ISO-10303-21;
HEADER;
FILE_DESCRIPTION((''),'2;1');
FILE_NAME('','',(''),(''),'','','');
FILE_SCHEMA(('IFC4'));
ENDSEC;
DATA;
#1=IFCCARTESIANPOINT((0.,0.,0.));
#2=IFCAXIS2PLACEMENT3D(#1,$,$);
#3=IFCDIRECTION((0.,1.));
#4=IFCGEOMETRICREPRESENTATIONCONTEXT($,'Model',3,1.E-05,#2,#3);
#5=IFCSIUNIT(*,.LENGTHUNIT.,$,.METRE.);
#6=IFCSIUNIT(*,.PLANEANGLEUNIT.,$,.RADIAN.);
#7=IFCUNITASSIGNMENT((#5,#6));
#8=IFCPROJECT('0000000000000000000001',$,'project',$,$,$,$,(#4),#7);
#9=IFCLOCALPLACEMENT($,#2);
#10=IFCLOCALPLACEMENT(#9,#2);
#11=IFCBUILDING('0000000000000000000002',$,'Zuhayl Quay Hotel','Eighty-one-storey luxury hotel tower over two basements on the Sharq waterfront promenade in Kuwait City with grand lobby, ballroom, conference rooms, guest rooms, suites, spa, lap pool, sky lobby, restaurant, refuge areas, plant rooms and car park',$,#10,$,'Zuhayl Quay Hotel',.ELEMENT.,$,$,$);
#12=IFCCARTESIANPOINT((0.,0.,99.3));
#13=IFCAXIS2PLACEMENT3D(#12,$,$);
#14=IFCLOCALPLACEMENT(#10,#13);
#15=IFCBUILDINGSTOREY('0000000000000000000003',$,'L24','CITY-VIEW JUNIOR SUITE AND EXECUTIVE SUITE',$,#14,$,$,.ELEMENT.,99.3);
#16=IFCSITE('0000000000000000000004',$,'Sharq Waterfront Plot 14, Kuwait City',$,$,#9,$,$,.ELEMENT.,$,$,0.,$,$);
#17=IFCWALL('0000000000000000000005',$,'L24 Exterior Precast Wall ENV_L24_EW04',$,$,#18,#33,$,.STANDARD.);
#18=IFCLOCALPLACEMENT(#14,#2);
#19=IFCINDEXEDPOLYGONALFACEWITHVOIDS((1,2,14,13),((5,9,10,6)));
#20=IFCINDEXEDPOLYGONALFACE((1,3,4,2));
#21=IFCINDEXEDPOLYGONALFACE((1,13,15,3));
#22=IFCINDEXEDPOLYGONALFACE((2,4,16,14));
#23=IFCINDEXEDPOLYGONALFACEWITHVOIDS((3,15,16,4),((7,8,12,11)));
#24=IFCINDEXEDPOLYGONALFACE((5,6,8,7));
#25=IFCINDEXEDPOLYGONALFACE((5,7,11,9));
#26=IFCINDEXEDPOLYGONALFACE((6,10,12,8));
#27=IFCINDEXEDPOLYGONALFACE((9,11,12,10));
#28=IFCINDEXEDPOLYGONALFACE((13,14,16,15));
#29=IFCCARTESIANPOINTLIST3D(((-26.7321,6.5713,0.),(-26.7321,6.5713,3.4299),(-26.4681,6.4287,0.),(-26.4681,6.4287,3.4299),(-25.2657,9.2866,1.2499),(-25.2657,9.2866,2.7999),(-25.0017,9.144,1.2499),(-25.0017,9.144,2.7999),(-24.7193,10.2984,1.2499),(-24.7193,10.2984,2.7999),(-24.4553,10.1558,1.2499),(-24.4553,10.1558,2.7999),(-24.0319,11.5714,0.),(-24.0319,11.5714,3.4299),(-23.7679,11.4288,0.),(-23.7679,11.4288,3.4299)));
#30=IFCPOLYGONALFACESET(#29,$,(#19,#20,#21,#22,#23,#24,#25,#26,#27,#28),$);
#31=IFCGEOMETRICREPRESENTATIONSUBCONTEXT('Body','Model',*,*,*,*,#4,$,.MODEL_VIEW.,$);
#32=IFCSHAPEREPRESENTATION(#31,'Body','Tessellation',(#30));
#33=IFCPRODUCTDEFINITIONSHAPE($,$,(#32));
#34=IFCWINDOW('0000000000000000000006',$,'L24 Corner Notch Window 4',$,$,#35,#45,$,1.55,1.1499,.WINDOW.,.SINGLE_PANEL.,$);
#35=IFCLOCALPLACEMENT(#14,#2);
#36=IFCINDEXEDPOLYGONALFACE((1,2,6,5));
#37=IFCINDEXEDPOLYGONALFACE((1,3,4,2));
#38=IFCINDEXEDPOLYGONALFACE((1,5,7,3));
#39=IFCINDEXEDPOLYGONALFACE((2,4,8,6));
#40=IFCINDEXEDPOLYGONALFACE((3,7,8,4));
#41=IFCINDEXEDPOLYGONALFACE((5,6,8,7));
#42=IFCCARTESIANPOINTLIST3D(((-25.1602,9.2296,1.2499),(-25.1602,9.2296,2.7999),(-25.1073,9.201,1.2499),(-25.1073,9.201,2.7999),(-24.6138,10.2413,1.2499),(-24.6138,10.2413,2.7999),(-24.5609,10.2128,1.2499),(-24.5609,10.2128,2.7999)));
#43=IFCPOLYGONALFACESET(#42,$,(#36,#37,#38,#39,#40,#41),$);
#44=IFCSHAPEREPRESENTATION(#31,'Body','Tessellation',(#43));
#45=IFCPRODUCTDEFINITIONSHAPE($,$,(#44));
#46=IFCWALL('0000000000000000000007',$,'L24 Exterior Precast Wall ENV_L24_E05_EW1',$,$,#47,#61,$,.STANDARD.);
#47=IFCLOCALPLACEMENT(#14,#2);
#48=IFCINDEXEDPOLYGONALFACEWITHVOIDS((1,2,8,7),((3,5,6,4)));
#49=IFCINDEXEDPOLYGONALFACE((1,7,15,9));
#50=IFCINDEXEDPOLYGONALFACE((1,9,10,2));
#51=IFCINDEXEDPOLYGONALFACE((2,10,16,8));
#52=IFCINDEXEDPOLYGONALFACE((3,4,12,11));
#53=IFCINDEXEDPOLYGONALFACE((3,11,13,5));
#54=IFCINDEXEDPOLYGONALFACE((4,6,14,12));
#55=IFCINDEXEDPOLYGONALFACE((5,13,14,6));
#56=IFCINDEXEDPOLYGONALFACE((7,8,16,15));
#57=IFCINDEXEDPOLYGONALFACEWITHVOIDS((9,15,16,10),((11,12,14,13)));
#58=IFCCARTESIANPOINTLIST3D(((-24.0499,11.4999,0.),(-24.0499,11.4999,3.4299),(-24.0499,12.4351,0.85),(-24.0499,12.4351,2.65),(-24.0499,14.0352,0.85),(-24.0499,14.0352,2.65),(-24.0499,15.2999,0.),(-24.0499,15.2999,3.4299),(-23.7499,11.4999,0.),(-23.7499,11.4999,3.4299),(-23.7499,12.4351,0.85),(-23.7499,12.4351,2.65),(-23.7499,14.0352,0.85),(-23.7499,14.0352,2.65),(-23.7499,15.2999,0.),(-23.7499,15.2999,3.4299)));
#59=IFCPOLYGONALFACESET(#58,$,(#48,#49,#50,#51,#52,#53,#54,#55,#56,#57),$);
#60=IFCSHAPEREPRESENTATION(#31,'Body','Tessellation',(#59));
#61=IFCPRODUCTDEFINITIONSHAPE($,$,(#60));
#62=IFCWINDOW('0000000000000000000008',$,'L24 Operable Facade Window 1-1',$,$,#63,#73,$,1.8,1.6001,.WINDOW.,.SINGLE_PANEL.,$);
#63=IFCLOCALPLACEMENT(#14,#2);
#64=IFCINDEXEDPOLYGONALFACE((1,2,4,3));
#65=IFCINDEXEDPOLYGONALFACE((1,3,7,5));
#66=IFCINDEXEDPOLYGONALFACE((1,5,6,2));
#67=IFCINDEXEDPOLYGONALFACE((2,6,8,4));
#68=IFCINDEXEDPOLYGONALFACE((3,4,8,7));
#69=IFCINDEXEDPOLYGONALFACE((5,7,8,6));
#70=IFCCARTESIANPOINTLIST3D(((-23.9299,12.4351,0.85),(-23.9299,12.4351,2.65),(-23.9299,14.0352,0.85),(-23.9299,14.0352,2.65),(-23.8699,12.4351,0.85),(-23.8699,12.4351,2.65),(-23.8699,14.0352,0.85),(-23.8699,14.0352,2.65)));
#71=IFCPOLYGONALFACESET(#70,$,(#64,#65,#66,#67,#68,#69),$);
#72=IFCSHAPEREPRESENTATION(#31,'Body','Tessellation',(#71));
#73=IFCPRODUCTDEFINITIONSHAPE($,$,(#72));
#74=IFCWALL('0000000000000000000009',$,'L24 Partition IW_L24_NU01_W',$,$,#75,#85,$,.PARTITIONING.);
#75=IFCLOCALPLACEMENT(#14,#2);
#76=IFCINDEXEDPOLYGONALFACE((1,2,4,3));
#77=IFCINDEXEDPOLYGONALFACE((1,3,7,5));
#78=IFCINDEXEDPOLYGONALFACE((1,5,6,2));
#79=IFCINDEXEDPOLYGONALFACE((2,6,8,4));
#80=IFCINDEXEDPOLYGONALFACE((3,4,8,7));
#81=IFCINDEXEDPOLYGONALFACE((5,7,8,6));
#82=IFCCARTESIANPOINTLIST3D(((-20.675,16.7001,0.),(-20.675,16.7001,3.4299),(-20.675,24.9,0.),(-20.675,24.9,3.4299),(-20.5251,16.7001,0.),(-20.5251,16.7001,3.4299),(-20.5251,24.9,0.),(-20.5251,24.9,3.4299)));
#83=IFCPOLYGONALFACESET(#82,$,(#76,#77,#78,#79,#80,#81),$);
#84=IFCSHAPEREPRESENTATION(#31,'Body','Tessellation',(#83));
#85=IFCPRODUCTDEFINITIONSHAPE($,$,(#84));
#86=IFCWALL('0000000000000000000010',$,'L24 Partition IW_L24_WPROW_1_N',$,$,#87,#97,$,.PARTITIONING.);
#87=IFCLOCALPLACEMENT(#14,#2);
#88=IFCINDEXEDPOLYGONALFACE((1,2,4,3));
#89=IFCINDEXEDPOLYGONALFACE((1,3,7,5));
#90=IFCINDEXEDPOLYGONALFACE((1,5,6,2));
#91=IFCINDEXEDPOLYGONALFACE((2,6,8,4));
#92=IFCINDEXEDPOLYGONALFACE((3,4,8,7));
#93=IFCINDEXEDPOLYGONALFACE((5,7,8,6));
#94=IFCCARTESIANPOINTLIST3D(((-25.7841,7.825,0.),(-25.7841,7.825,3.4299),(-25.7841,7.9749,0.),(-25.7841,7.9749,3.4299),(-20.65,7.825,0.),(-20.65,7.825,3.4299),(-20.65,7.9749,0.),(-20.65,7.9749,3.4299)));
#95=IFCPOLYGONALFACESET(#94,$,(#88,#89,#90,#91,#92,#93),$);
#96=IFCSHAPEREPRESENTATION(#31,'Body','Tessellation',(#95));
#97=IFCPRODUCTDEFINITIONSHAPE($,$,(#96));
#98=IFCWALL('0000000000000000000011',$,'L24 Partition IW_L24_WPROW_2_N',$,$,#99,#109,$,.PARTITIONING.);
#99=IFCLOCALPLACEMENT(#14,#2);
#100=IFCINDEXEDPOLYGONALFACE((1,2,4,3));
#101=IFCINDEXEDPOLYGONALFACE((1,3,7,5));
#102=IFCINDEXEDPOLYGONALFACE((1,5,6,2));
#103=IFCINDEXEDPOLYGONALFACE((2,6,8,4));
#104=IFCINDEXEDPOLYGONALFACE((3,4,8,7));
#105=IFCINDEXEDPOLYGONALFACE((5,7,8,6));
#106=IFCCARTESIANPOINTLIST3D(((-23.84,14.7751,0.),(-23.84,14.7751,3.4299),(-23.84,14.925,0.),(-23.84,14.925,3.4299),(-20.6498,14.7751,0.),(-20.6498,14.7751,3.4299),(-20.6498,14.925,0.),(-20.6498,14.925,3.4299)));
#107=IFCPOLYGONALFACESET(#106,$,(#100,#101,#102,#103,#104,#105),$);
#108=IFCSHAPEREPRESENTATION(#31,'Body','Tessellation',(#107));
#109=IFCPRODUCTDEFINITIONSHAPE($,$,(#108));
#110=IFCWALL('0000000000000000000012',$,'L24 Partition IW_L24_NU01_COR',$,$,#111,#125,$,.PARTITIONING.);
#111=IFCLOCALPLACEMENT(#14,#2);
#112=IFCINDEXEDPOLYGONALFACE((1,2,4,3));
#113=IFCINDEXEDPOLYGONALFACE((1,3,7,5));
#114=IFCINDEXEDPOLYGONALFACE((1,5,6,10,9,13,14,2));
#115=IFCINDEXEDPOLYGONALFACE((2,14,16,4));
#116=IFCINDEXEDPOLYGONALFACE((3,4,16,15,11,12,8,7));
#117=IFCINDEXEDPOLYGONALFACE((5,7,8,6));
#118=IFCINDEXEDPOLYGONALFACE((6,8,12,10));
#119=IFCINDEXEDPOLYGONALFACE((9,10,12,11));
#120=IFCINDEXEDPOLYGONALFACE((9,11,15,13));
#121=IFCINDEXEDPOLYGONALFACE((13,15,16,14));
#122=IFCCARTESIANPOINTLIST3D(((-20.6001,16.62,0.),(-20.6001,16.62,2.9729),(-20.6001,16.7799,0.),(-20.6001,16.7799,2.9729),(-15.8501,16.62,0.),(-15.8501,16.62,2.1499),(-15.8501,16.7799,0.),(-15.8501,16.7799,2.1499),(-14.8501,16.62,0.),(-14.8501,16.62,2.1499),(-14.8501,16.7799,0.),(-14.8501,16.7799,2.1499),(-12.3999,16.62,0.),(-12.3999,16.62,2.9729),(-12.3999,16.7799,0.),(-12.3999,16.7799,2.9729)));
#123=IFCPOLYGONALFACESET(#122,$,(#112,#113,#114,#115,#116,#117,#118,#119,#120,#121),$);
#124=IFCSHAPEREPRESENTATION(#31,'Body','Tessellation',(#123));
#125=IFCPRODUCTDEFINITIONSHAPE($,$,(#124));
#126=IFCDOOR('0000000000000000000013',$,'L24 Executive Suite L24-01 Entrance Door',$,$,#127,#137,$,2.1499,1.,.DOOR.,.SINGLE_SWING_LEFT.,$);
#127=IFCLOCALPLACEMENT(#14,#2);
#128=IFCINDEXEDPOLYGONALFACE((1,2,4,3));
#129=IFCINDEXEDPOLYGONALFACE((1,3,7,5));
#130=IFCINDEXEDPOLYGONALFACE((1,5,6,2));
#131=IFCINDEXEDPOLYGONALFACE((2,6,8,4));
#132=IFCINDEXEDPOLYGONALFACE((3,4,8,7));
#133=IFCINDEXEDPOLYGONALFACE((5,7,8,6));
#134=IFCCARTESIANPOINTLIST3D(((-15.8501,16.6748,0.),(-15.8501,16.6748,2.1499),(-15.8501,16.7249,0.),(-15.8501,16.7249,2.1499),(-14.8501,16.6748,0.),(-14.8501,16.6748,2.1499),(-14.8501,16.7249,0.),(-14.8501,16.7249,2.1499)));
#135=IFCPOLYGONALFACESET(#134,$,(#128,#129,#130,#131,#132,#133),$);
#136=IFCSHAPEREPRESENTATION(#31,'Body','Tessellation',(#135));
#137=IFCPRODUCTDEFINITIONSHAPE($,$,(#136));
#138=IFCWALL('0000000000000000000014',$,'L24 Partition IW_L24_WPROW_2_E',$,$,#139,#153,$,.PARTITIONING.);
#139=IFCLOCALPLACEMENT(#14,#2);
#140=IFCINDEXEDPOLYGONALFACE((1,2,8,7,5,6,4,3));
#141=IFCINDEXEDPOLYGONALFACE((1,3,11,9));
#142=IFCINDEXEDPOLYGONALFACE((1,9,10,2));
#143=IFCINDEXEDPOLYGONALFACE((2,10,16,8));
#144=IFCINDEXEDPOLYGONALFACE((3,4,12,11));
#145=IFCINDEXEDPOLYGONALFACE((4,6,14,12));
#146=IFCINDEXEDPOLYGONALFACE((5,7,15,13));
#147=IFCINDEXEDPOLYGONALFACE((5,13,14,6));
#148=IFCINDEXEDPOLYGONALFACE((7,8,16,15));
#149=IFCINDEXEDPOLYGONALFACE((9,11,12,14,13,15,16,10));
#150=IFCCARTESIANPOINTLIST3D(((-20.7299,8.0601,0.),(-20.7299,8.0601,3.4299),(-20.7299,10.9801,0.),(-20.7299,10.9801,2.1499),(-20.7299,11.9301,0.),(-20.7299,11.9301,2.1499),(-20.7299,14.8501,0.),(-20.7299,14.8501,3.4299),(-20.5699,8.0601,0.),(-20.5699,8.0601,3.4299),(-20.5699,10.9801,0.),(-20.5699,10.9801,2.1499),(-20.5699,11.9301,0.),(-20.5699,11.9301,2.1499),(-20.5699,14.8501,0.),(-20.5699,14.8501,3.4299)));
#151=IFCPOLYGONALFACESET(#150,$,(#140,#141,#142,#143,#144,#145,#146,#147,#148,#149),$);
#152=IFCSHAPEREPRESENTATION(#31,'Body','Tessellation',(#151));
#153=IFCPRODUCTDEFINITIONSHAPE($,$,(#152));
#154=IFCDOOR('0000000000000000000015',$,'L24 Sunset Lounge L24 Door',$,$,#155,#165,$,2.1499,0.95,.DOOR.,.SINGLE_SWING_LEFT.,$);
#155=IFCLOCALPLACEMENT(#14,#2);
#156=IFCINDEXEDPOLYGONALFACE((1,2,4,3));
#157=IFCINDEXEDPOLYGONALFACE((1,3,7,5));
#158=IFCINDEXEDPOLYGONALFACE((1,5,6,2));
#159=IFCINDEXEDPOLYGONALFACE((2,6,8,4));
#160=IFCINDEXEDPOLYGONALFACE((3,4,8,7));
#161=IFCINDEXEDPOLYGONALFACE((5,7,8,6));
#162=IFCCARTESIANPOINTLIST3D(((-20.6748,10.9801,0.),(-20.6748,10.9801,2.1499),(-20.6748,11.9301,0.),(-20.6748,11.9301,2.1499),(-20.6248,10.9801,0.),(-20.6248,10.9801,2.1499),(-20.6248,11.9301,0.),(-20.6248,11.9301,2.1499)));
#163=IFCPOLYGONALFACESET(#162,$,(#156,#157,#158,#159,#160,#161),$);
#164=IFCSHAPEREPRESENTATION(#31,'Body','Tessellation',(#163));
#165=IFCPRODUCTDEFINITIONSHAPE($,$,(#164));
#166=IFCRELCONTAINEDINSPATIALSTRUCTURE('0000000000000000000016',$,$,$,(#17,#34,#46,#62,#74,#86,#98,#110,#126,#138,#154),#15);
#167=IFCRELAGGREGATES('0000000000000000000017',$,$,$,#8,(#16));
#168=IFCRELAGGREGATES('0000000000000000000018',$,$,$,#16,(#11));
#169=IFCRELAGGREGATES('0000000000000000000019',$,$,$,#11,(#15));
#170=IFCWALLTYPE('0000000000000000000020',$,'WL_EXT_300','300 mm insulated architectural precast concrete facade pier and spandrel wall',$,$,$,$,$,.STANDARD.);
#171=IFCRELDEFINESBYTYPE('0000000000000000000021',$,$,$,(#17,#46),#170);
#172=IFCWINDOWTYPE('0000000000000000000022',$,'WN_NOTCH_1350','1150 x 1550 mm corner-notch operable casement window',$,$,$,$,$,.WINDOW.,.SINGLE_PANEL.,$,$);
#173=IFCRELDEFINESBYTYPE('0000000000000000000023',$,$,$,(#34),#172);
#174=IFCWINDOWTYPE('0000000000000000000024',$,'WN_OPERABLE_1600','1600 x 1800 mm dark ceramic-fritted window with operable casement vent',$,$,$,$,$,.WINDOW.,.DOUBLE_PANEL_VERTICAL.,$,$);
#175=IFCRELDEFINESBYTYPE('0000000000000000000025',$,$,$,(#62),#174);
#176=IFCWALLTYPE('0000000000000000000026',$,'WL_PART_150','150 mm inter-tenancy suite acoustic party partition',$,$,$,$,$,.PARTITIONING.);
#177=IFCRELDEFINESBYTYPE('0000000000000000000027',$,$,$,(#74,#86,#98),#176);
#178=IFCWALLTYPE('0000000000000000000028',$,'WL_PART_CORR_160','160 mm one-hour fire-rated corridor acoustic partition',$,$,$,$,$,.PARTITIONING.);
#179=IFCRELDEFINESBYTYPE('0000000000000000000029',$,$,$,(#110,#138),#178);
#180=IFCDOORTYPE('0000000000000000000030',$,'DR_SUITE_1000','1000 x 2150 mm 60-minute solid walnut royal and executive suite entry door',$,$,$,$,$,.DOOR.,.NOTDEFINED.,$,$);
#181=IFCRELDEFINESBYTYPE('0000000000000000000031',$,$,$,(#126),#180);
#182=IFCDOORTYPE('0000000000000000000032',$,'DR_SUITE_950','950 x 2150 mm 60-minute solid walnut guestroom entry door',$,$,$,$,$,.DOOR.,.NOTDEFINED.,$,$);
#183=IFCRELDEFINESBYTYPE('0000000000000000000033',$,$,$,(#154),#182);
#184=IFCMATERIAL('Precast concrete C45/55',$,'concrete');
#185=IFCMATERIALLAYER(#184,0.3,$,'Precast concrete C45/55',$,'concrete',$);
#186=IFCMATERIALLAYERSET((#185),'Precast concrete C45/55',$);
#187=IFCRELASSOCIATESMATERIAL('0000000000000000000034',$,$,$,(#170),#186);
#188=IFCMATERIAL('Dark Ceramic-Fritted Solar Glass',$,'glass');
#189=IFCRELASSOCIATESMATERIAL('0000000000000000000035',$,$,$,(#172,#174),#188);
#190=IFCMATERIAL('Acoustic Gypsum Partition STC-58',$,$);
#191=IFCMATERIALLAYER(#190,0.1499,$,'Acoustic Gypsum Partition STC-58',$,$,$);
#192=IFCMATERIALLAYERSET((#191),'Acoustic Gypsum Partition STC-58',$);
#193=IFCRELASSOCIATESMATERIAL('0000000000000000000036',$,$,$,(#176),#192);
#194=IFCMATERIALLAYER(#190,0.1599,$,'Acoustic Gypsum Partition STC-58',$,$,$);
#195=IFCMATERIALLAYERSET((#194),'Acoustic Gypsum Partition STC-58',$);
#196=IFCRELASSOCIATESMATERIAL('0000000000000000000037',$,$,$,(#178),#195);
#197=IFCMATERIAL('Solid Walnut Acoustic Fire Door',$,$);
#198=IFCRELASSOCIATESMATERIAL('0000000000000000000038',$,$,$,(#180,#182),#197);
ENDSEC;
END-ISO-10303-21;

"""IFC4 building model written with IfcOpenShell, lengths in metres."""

from ifc_helpers import new_model, si_unit, direction, frame, frame_2d, origin, place, context, subcontext, project, spatial, rectangle, extrude, material, layer, layer_set, type_object, element, fill, save


model = new_model("IFC4")

# Units and contexts
model_context = context("Model", 3, precision=1e-05, world=origin(), true_north=direction((0.0, 1.0)))
body_context = subcontext(model_context, "Body", "Model", "MODEL_VIEW")
ifc_project = project(units=[si_unit("LENGTHUNIT", "METRE"), si_unit("PLANEANGLEUNIT", "RADIAN")], contexts=[model_context])

# Site, building, storey
site_placement = place(None, origin())
site = spatial("IfcSite", under=ifc_project, at=site_placement, Name="Sharq Waterfront Plot 14, Kuwait City", CompositionType="ELEMENT", RefElevation=0.0)
building_placement = place(site_placement, origin())
building = spatial("IfcBuilding", under=site, at=building_placement, Name="Zuhayl Quay Hotel", Description="Eighty-one-storey luxury hotel tower over two basements on the Sharq waterfront promenade in Kuwait City with grand lobby, ballroom, conference rooms, guest rooms, suites, spa, lap pool, sky lobby, restaurant, refuge areas, plant rooms and car park", LongName="Zuhayl Quay Hotel", CompositionType="ELEMENT")
storey_placement = place(building_placement, frame((0.0, 0.0, 99.3)))
storey = spatial("IfcBuildingStorey", under=building, at=storey_placement, Name="L24", Description="CITY-VIEW JUNIOR SUITE AND EXECUTIVE SUITE", CompositionType="ELEMENT", Elevation=99.3)

# Walls, openings, windows
ifc_material_1 = material(Name="Precast concrete C45/55", Category="concrete")
ifc_layer_1 = layer(ifc_material_1, 0.3, Name="Precast concrete C45/55", Category="concrete")
ifc_layer_set_1 = layer_set([ifc_layer_1], Name="Precast concrete C45/55")
wall_type_1 = type_object("IfcWallType", Name="WL_EXT_300", Description="300 mm insulated architectural precast concrete facade pier and spandrel wall", PredefinedType="STANDARD", material=ifc_layer_set_1)
wall_1_placement = place(storey_placement, frame((-26.6001, 6.5, 0.0), z_axis=(0.0, 0.0, 1.0), x_axis=(0.475176, 0.879891, 0.0)))
wall_1 = element("IfcWall", 1, at=wall_1_placement, inside=storey, type_object=wall_type_1, Name="L24 Exterior Precast Wall ENV_L24_EW04", PredefinedType="STANDARD", context=body_context, shape_type="SweptSolid", body=[
    extrude(rectangle(XDim=5.6826, YDim=0.3, at=frame_2d((2.8413, 0.0))), origin(), (0.0, 0.0, 1.0), 3.4299),
])
opening_1_placement = place(wall_1_placement, frame((3.0859, 0.0, 1.25)))
opening_1 = element("IfcOpeningElement", 2, at=opening_1_placement, cuts=wall_1, PredefinedType="OPENING", context=body_context, shape_type="SweptSolid", body=[
    extrude(rectangle(XDim=1.1499, YDim=1.55, at=frame_2d((0.575, 0.7749))), frame((0.0, 0.1599, 0.0), z_axis=(0.0, -1.0, 0.0), x_axis=(1.0, 0.0, 0.0)), (0.0, 0.0, 1.0), 0.3201),
])
ifc_material_2 = material(Name="Dark Ceramic-Fritted Solar Glass", Category="glass")
window_type_1 = type_object("IfcWindowType", Name="WN_NOTCH_1350", Description="1150 x 1550 mm corner-notch operable casement window", PartitioningType="SINGLE_PANEL", PredefinedType="WINDOW", material=ifc_material_2)
window_1_placement = place(opening_1_placement, origin())
window_1 = element("IfcWindow", 3, at=window_1_placement, inside=storey, type_object=window_type_1, Name="L24 Corner Notch Window 4", OverallHeight=1.55, OverallWidth=1.1499, PartitioningType="SINGLE_PANEL", PredefinedType="WINDOW", context=body_context, shape_type="SweptSolid", body=[
    extrude(rectangle(XDim=1.1499, YDim=1.55, at=frame_2d((0.575, 0.7749))), frame((0.0, 0.03, 0.0), z_axis=(0.0, -1.0, 0.0), x_axis=(1.0, 0.0, 0.0)), (0.0, 0.0, 1.0), 0.0601),
])
fill(opening_1, window_1)
wall_2_placement = place(storey_placement, frame((-23.8999, 11.5, 0.0), z_axis=(0.0, 0.0, 1.0), x_axis=(0.0, 1.0, 0.0)))
wall_2 = element("IfcWall", 4, at=wall_2_placement, inside=storey, type_object=wall_type_1, Name="L24 Exterior Precast Wall ENV_L24_E05_EW1", PredefinedType="STANDARD", context=body_context, shape_type="SweptSolid", body=[
    extrude(rectangle(XDim=3.8, YDim=0.3, at=frame_2d((1.8999, 0.0))), origin(), (0.0, 0.0, 1.0), 3.4299),
])
opening_2_placement = place(wall_2_placement, frame((0.9351, 0.0, 0.8501)))
opening_2 = element("IfcOpeningElement", 5, at=opening_2_placement, cuts=wall_2, PredefinedType="OPENING", context=body_context, shape_type="SweptSolid", body=[
    extrude(rectangle(XDim=1.6001, YDim=1.8, at=frame_2d((0.8, 0.8999))), frame((0.0, 0.1599, 0.0), z_axis=(0.0, -1.0, 0.0), x_axis=(1.0, 0.0, 0.0)), (0.0, 0.0, 1.0), 0.3201),
])
window_type_2 = type_object("IfcWindowType", Name="WN_OPERABLE_1600", Description="1600 x 1800 mm dark ceramic-fritted window with operable casement vent", PartitioningType="DOUBLE_PANEL_VERTICAL", PredefinedType="WINDOW", material=ifc_material_2)
window_2_placement = place(opening_2_placement, origin())
window_2 = element("IfcWindow", 6, at=window_2_placement, inside=storey, type_object=window_type_2, Name="L24 Operable Facade Window 1-1", OverallHeight=1.8, OverallWidth=1.6001, PartitioningType="SINGLE_PANEL", PredefinedType="WINDOW", context=body_context, shape_type="SweptSolid", body=[
    extrude(rectangle(XDim=1.6001, YDim=1.8, at=frame_2d((0.8, 0.8999))), frame((0.0, 0.03, 0.0), z_axis=(0.0, -1.0, 0.0), x_axis=(1.0, 0.0, 0.0)), (0.0, 0.0, 1.0), 0.0601),
])
fill(opening_2, window_2)

# Walls
ifc_material_3 = material(Name="Acoustic Gypsum Partition STC-58")
ifc_layer_2 = layer(ifc_material_3, 0.1499, Name="Acoustic Gypsum Partition STC-58")
ifc_layer_set_2 = layer_set([ifc_layer_2], Name="Acoustic Gypsum Partition STC-58")
wall_type_2 = type_object("IfcWallType", Name="WL_PART_150", Description="150 mm inter-tenancy suite acoustic party partition", PredefinedType="PARTITIONING", material=ifc_layer_set_2)
wall_3_placement = place(storey_placement, frame((-20.6001, 16.7, 0.0), z_axis=(0.0, 0.0, 1.0), x_axis=(0.0, 1.0, 0.0)))
element("IfcWall", 7, at=wall_3_placement, inside=storey, type_object=wall_type_2, Name="L24 Partition IW_L24_NU01_W", PredefinedType="PARTITIONING", context=body_context, shape_type="SweptSolid", body=[
    extrude(rectangle(XDim=8.2, YDim=0.1499, at=frame_2d((4.1001, 0.0))), origin(), (0.0, 0.0, 1.0), 3.4299),
])
wall_4_placement = place(storey_placement, frame((-25.7839, 7.8999, 0.0), z_axis=(0.0, 0.0, 1.0), x_axis=(1.0, 0.0, 0.0)))
element("IfcWall", 8, at=wall_4_placement, inside=storey, type_object=wall_type_2, Name="L24 Partition IW_L24_WPROW_1_N", PredefinedType="PARTITIONING", context=body_context, shape_type="SweptSolid", body=[
    extrude(rectangle(XDim=5.134, YDim=0.1499, at=frame_2d((2.5669, 0.0))), origin(), (0.0, 0.0, 1.0), 3.4299),
])
wall_5_placement = place(storey_placement, frame((-23.8401, 14.8501, 0.0), z_axis=(0.0, 0.0, 1.0), x_axis=(1.0, 0.0, 0.0)))
element("IfcWall", 9, at=wall_5_placement, inside=storey, type_object=wall_type_2, Name="L24 Partition IW_L24_WPROW_2_N", PredefinedType="PARTITIONING", context=body_context, shape_type="SweptSolid", body=[
    extrude(rectangle(XDim=3.1902, YDim=0.1499, at=frame_2d((1.5952, 0.0))), origin(), (0.0, 0.0, 1.0), 3.4299),
])

# Walls, openings, doors
ifc_layer_3 = layer(ifc_material_3, 0.1599, Name="Acoustic Gypsum Partition STC-58")
ifc_layer_set_3 = layer_set([ifc_layer_3], Name="Acoustic Gypsum Partition STC-58")
wall_type_3 = type_object("IfcWallType", Name="WL_PART_CORR_160", Description="160 mm one-hour fire-rated corridor acoustic partition", PredefinedType="PARTITIONING", material=ifc_layer_set_3)
wall_6_placement = place(storey_placement, frame((-20.6001, 16.7, 0.0), z_axis=(0.0, 0.0, 1.0), x_axis=(1.0, 0.0, 0.0)))
wall_6 = element("IfcWall", 10, at=wall_6_placement, inside=storey, type_object=wall_type_3, Name="L24 Partition IW_L24_NU01_COR", PredefinedType="PARTITIONING", context=body_context, shape_type="SweptSolid", body=[
    extrude(rectangle(XDim=8.2002, YDim=0.1599, at=frame_2d((4.1001, 0.0))), origin(), (0.0, 0.0, 1.0), 2.9729),
])
opening_3_placement = place(wall_6_placement, frame((4.75, 0.0, 0.0)))
opening_3 = element("IfcOpeningElement", 11, at=opening_3_placement, cuts=wall_6, PredefinedType="OPENING", context=body_context, shape_type="SweptSolid", body=[
    extrude(rectangle(XDim=1.0, YDim=2.1499, at=frame_2d((0.5, 1.075))), frame((0.0, 0.0898, 0.0), z_axis=(0.0, -1.0, 0.0), x_axis=(1.0, 0.0, 0.0)), (0.0, 0.0, 1.0), 0.1799),
])
ifc_material_4 = material(Name="Solid Walnut Acoustic Fire Door")
door_type_1 = type_object("IfcDoorType", Name="DR_SUITE_1000", Description="1000 x 2150 mm 60-minute solid walnut royal and executive suite entry door", OperationType="NOTDEFINED", PredefinedType="DOOR", material=ifc_material_4)
door_1_placement = place(opening_3_placement, origin())
door_1 = element("IfcDoor", 12, at=door_1_placement, inside=storey, type_object=door_type_1, Name="L24 Executive Suite L24-01 Entrance Door", OperationType="SINGLE_SWING_LEFT", OverallHeight=2.1499, OverallWidth=1.0, PredefinedType="DOOR", context=body_context, shape_type="SweptSolid", body=[
    extrude(rectangle(XDim=1.0, YDim=2.1499, at=frame_2d((0.5, 1.075))), frame((0.0, 0.0249, 0.0), z_axis=(0.0, -1.0, 0.0), x_axis=(1.0, 0.0, 0.0)), (0.0, 0.0, 1.0), 0.05),
])
fill(opening_3, door_1)
wall_7_placement = place(storey_placement, frame((-20.6499, 8.0601, 0.0), z_axis=(0.0, 0.0, 1.0), x_axis=(0.0, 1.0, 0.0)))
wall_7 = element("IfcWall", 13, at=wall_7_placement, inside=storey, type_object=wall_type_3, Name="L24 Partition IW_L24_WPROW_2_E", PredefinedType="PARTITIONING", context=body_context, shape_type="SweptSolid", body=[
    extrude(rectangle(XDim=6.79, YDim=0.1599, at=frame_2d((3.395, 0.0))), origin(), (0.0, 0.0, 1.0), 3.4299),
])
opening_4_placement = place(wall_7_placement, frame((2.9199, 0.0, 0.0)))
opening_4 = element("IfcOpeningElement", 14, at=opening_4_placement, cuts=wall_7, PredefinedType="OPENING", context=body_context, shape_type="SweptSolid", body=[
    extrude(rectangle(XDim=0.95, YDim=2.1499, at=frame_2d((0.4751, 1.075))), frame((0.0, 0.0898, 0.0), z_axis=(0.0, -1.0, 0.0), x_axis=(1.0, 0.0, 0.0)), (0.0, 0.0, 1.0), 0.1799),
])
door_type_2 = type_object("IfcDoorType", Name="DR_SUITE_950", Description="950 x 2150 mm 60-minute solid walnut guestroom entry door", OperationType="NOTDEFINED", PredefinedType="DOOR", material=ifc_material_4)
door_2_placement = place(opening_4_placement, origin())
door_2 = element("IfcDoor", 15, at=door_2_placement, inside=storey, type_object=door_type_2, Name="L24 Sunset Lounge L24 Door", OperationType="SINGLE_SWING_LEFT", OverallHeight=2.1499, OverallWidth=0.95, PredefinedType="DOOR", context=body_context, shape_type="SweptSolid", body=[
    extrude(rectangle(XDim=0.95, YDim=2.1499, at=frame_2d((0.4751, 1.075))), frame((0.0, 0.0249, 0.0), z_axis=(0.0, -1.0, 0.0), x_axis=(1.0, 0.0, 0.0)), (0.0, 0.0, 1.0), 0.05),
])
fill(opening_4, door_2)

save(model, "model.ifc")
